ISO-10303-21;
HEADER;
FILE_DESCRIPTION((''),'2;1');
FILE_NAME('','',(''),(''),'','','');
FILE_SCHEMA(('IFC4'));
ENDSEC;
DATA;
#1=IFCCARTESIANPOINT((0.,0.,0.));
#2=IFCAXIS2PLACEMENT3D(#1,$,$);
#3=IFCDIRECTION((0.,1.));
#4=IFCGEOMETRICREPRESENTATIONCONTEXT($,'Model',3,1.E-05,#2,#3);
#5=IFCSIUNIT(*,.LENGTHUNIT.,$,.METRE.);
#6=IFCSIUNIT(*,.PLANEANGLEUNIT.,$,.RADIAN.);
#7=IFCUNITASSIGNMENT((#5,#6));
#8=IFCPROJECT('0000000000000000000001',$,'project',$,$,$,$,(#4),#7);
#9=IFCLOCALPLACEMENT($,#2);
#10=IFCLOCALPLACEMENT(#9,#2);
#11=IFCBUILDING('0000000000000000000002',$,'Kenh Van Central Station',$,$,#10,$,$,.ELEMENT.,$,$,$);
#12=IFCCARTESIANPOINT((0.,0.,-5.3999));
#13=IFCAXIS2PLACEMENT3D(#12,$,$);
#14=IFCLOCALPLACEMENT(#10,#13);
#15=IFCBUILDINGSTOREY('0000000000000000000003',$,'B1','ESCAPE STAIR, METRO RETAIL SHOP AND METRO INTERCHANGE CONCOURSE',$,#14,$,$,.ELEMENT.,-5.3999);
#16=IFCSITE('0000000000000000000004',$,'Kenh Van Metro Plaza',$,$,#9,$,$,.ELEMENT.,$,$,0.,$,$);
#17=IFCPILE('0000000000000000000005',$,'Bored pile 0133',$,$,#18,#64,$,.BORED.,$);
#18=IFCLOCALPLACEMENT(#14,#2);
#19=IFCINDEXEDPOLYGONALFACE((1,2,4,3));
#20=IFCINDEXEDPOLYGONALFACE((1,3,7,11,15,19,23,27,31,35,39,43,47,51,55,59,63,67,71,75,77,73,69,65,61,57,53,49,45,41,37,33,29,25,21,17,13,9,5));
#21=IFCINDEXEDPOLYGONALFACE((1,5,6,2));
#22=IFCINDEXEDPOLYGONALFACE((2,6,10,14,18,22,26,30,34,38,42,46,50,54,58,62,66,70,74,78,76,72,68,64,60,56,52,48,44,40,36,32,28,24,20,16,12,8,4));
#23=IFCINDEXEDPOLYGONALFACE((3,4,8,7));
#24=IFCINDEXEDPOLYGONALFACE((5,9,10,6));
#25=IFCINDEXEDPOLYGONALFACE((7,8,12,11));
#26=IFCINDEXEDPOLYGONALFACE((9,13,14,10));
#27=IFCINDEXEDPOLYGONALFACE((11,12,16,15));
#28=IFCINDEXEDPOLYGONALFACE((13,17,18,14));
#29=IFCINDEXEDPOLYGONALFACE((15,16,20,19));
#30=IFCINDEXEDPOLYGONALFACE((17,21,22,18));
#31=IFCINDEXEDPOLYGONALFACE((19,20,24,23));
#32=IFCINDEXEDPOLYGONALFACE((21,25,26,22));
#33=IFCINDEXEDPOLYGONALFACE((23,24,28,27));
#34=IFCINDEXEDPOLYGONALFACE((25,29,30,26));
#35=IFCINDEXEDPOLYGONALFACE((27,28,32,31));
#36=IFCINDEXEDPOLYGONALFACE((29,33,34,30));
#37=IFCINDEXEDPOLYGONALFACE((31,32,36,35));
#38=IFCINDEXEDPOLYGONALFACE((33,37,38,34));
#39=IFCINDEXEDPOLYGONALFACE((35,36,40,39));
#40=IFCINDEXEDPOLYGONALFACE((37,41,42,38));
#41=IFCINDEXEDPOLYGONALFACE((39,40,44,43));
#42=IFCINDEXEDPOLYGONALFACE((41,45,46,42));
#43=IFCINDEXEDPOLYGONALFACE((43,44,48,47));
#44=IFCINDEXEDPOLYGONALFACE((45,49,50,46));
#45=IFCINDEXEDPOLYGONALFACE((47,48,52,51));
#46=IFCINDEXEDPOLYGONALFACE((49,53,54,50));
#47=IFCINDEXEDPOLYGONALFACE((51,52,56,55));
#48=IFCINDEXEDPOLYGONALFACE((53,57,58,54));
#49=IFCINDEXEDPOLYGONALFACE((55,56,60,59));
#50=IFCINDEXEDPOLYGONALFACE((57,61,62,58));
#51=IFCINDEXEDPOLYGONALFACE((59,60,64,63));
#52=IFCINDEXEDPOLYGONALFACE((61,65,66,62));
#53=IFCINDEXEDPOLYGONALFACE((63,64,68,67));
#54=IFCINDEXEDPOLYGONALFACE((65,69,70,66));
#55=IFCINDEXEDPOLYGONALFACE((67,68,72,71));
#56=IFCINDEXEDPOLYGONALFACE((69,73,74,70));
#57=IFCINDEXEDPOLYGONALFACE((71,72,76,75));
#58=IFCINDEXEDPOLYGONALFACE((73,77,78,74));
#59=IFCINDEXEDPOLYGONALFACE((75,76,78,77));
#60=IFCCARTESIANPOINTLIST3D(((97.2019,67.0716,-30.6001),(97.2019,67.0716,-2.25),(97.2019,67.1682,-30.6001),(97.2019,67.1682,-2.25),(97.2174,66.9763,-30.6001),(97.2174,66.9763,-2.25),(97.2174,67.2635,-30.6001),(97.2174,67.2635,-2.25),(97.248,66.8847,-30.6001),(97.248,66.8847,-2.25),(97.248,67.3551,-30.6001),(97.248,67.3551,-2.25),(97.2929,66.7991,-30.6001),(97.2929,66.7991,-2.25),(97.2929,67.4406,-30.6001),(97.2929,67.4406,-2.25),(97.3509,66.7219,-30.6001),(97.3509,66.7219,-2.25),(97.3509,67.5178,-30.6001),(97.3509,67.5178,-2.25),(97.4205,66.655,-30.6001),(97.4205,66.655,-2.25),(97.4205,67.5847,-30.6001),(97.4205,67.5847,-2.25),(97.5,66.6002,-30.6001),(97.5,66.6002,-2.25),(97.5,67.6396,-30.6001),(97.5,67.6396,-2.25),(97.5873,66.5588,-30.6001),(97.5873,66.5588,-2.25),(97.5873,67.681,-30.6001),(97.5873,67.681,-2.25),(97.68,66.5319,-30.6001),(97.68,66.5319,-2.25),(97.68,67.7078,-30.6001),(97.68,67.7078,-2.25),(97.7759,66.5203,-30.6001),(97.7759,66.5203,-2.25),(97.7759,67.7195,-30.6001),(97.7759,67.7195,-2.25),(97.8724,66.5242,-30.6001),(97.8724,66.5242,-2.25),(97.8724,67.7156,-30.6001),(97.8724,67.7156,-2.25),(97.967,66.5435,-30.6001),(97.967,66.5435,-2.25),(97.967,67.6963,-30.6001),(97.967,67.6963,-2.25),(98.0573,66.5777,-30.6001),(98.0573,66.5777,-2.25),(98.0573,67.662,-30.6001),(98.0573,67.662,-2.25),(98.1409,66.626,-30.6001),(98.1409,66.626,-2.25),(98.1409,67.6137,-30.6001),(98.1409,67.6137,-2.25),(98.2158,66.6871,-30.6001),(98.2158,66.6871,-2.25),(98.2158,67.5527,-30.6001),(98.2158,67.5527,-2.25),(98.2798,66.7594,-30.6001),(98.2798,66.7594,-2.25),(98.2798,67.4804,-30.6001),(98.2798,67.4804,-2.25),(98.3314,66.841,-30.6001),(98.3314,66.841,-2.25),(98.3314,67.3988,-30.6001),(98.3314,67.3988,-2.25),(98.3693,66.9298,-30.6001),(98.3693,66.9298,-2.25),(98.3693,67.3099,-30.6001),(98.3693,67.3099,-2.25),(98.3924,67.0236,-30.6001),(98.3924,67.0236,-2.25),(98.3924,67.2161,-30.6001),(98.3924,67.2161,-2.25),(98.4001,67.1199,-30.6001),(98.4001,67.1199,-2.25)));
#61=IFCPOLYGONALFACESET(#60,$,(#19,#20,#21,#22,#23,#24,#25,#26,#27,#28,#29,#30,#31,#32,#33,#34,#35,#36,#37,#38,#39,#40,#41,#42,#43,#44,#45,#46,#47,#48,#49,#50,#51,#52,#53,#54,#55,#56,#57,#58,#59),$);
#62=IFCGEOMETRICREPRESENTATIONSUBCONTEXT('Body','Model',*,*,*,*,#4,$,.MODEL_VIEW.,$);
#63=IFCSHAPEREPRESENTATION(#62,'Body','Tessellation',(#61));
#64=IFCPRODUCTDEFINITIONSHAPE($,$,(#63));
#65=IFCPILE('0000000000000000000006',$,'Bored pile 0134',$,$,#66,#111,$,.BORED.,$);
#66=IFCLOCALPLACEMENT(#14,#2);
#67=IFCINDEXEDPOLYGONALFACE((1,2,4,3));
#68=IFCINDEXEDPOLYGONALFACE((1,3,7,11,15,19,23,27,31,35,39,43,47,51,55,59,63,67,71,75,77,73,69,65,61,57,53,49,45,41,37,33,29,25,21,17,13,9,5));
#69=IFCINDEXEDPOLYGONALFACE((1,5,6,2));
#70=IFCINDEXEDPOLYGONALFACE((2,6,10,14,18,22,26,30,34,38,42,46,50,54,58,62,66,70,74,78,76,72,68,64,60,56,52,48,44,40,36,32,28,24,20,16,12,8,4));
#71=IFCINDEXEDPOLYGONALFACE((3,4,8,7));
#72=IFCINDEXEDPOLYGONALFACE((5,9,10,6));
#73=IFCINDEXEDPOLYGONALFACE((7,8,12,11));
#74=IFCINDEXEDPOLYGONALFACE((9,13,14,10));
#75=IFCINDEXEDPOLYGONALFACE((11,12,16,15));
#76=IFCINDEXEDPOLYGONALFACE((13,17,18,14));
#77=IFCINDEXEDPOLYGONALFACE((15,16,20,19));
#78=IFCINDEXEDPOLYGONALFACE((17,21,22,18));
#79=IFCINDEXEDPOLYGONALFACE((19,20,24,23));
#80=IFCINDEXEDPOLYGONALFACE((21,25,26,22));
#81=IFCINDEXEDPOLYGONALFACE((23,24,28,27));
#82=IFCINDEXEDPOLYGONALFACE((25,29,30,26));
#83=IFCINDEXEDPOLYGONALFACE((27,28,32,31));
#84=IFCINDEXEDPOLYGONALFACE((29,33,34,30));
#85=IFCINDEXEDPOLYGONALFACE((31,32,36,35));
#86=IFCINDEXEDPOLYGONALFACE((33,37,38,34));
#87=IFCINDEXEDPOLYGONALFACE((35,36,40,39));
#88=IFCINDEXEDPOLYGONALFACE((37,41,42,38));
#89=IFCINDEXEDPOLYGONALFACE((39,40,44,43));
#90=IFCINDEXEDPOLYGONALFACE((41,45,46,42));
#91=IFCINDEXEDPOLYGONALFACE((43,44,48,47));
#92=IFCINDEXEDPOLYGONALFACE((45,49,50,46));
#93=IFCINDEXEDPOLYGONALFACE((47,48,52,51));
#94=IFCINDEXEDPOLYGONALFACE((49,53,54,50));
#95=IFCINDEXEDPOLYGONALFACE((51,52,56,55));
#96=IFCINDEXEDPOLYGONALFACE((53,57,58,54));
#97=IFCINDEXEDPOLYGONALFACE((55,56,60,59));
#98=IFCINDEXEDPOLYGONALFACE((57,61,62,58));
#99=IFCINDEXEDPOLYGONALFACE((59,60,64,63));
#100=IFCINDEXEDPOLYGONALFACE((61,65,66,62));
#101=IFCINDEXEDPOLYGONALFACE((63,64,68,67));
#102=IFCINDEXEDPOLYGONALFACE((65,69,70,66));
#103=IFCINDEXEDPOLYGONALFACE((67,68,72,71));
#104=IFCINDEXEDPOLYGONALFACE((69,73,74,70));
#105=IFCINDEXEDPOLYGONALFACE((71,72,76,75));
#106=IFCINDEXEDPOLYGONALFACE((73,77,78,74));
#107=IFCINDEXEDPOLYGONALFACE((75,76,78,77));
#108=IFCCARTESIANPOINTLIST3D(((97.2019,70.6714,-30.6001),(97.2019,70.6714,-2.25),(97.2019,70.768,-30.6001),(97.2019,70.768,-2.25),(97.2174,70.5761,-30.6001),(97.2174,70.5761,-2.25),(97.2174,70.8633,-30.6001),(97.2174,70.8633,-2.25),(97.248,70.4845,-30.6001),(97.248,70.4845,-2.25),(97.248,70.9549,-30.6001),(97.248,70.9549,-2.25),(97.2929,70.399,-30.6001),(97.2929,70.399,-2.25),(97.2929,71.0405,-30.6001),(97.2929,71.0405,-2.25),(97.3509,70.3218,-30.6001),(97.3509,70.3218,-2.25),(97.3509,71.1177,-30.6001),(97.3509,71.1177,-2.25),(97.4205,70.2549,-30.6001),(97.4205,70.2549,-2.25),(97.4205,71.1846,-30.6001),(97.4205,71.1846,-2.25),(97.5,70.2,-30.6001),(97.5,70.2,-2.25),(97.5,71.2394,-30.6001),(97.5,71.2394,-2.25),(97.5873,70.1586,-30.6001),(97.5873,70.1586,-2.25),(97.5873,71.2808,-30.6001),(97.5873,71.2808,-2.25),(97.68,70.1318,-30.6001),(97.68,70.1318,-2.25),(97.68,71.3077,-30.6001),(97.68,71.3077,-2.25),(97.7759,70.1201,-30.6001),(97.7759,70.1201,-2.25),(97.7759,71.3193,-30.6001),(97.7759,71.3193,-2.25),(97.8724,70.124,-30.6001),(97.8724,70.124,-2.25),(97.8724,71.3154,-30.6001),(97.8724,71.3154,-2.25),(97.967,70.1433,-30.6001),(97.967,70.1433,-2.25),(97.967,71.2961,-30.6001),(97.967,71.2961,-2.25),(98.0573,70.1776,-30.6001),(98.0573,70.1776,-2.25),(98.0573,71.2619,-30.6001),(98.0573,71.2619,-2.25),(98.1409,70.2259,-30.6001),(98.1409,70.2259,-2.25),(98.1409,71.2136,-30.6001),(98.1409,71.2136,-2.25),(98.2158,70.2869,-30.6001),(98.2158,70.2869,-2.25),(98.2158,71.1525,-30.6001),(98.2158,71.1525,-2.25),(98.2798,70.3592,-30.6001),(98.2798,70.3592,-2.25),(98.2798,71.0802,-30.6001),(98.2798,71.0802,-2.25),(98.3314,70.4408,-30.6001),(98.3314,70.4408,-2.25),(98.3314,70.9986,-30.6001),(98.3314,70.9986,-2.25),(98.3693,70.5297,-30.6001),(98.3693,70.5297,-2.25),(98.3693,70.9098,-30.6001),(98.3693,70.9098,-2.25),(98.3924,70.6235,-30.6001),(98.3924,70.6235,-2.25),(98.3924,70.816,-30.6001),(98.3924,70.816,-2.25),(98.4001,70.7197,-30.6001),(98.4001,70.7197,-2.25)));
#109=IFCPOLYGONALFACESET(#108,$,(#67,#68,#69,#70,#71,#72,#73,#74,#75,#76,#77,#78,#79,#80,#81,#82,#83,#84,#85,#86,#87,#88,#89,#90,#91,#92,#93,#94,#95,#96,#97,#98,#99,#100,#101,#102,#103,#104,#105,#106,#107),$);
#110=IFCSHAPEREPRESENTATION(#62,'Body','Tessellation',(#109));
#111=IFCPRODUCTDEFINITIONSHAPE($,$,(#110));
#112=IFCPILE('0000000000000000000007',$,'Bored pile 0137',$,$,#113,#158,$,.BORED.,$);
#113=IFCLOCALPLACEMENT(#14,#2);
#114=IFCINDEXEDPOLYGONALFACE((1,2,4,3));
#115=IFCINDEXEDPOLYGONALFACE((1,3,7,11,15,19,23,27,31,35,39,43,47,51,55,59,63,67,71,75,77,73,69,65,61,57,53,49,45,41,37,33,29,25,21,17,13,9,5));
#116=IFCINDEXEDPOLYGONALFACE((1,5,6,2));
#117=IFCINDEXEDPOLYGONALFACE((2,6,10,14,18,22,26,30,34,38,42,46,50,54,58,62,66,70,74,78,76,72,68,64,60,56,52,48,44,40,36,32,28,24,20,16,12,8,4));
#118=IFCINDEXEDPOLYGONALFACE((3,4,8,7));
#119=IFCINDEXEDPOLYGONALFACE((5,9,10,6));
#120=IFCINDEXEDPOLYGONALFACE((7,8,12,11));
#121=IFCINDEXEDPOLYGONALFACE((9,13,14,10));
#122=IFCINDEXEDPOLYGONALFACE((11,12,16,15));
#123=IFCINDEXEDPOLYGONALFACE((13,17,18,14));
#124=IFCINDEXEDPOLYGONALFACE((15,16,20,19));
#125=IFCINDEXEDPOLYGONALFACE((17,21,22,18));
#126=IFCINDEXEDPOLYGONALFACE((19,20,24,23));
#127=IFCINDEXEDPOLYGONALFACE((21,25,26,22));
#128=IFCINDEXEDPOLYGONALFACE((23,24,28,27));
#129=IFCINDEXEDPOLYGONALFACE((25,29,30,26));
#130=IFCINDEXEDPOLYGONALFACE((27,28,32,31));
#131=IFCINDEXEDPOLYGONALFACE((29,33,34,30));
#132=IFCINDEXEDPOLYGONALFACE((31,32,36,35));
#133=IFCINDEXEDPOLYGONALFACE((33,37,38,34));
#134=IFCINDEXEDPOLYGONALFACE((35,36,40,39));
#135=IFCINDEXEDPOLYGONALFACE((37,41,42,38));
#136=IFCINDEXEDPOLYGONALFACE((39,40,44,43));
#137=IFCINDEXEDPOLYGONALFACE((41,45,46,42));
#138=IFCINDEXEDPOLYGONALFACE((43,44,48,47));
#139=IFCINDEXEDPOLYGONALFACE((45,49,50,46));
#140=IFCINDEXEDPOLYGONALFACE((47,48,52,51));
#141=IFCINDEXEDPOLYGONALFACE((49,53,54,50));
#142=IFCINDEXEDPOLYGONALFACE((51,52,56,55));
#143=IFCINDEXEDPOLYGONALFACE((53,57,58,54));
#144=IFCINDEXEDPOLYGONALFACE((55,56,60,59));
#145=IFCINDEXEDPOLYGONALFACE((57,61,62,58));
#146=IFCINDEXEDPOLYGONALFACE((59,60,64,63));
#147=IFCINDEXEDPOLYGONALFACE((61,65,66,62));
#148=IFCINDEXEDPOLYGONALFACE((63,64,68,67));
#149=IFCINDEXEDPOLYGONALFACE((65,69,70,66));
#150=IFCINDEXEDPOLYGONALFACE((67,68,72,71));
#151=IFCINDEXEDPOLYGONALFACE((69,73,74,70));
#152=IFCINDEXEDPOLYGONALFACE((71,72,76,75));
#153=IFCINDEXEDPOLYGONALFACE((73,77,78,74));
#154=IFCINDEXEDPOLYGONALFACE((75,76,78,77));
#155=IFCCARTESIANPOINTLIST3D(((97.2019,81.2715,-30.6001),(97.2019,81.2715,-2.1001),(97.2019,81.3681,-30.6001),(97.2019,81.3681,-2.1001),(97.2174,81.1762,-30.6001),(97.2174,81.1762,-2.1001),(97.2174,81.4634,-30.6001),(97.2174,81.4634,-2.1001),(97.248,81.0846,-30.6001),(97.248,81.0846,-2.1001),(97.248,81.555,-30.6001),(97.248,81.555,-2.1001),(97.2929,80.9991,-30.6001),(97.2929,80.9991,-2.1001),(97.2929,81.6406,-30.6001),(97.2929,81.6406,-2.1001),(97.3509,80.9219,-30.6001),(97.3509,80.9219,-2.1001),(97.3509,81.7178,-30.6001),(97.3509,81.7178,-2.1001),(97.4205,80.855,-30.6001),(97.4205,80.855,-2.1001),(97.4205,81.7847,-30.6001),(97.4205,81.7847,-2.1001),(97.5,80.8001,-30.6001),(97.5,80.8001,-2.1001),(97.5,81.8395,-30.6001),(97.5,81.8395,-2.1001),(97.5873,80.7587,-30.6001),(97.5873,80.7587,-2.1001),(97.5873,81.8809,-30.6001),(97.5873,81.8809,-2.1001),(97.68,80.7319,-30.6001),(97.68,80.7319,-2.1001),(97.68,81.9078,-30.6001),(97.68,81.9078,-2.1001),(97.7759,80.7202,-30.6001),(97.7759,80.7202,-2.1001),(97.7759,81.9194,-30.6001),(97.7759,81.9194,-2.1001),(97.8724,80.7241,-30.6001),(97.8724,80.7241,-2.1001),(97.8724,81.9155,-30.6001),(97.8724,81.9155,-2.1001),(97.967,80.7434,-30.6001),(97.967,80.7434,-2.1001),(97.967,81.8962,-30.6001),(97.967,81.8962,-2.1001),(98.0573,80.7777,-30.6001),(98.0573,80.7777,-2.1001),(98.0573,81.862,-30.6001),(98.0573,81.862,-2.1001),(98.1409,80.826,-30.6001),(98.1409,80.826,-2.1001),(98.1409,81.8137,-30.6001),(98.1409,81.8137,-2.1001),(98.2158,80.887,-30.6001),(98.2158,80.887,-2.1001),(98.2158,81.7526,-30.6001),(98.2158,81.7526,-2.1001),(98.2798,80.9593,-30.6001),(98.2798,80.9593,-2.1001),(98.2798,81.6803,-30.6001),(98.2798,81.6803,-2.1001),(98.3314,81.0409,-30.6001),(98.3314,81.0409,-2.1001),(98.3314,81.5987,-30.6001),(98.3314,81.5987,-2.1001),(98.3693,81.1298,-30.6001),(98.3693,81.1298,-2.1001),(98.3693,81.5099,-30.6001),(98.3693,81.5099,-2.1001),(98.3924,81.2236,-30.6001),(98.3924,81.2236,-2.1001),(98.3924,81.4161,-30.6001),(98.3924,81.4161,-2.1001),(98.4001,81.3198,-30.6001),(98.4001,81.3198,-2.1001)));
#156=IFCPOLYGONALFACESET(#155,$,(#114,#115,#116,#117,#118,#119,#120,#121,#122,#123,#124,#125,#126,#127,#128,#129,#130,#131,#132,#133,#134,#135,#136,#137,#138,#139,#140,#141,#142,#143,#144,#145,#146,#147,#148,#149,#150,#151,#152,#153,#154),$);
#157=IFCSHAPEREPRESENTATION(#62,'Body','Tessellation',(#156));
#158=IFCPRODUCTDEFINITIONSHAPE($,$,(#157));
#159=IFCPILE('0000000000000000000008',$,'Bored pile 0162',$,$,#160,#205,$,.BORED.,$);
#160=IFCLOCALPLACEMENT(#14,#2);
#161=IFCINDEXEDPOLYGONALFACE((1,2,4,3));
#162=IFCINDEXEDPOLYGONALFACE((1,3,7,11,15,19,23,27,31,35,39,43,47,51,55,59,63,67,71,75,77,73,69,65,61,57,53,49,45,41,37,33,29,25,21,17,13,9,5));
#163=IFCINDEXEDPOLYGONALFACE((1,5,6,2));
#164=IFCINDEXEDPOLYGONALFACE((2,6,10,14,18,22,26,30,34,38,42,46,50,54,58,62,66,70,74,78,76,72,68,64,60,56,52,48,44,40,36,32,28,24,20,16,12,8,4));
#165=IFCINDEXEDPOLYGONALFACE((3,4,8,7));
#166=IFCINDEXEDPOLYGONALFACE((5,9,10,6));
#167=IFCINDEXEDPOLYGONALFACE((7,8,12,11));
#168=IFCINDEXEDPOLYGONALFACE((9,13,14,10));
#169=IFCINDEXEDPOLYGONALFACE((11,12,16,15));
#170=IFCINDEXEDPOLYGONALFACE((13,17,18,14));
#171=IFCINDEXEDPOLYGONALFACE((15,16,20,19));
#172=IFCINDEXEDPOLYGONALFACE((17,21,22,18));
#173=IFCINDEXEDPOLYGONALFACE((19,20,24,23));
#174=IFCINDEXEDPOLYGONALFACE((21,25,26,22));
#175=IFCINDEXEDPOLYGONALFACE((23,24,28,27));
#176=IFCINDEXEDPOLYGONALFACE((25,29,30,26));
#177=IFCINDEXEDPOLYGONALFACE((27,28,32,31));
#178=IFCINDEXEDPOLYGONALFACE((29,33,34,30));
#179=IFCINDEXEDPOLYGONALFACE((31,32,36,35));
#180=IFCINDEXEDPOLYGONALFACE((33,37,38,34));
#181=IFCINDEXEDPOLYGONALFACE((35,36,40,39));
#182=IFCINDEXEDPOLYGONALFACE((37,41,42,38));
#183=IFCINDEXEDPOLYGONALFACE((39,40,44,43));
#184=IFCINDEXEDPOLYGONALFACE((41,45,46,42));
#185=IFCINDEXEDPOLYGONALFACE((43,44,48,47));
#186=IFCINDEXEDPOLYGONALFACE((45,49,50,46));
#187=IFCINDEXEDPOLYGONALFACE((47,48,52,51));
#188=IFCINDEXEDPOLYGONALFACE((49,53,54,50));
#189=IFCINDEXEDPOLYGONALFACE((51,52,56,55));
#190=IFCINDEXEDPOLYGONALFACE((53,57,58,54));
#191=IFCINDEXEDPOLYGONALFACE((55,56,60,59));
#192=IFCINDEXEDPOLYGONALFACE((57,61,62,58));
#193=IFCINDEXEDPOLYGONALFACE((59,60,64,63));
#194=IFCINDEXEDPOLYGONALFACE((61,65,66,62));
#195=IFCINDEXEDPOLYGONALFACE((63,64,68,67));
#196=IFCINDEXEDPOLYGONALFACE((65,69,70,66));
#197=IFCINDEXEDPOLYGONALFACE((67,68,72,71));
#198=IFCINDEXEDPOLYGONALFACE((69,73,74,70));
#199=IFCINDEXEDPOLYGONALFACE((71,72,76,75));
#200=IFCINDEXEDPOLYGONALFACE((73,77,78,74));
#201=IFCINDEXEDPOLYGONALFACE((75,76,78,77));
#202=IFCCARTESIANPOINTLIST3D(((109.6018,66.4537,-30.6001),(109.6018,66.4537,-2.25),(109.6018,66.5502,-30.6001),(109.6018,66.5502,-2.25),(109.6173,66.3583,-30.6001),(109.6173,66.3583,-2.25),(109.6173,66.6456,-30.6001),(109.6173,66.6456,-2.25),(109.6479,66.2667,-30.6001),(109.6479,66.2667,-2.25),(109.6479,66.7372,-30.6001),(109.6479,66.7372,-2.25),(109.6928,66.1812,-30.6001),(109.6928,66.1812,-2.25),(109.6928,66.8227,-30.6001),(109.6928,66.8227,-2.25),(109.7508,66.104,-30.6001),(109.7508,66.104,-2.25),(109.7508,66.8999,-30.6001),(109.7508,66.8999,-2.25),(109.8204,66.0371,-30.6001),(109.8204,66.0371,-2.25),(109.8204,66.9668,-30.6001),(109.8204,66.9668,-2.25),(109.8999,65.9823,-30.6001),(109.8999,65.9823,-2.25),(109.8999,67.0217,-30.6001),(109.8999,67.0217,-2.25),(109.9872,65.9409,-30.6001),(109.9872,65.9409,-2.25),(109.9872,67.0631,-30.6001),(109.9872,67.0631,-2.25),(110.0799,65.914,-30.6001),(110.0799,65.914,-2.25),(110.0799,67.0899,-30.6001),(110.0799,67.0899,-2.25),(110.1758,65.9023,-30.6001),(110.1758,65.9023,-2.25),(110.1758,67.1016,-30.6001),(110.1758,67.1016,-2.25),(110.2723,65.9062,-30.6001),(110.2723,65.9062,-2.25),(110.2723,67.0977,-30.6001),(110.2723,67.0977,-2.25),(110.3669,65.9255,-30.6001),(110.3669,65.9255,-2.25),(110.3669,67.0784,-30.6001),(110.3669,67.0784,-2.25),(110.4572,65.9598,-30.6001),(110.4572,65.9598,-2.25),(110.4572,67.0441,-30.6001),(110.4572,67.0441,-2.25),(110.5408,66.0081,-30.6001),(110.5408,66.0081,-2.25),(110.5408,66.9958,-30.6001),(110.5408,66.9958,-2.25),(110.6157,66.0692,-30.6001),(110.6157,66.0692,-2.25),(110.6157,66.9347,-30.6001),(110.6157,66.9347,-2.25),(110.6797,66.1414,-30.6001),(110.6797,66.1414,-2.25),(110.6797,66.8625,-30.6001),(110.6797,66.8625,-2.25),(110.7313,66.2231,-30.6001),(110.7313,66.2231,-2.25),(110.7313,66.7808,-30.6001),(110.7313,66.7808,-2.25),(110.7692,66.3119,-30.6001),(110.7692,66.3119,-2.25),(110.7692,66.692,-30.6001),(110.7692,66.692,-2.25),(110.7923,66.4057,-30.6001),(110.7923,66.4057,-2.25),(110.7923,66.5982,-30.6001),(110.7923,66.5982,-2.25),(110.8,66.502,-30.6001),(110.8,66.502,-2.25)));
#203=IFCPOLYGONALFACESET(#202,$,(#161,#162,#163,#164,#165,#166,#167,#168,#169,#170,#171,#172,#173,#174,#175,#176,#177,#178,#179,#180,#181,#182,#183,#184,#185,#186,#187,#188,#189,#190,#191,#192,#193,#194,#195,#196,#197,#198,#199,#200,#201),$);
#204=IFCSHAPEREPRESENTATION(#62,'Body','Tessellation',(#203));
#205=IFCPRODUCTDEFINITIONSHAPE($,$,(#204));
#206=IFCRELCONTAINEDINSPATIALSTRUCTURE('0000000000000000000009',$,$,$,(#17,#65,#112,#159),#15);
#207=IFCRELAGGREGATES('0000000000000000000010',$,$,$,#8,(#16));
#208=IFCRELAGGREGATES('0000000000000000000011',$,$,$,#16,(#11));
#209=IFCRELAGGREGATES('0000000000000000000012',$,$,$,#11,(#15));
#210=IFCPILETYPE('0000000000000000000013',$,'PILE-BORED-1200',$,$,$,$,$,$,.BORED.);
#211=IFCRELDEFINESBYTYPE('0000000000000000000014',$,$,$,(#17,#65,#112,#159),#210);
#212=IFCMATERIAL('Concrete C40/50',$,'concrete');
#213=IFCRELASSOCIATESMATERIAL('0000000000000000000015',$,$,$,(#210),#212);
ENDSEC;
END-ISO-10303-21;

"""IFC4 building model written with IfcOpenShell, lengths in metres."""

from ifc_helpers import new_model, si_unit, direction, frame, origin, origin_2d, place, context, subcontext, project, spatial, circle, extrude, material, material_profile, profile_set, type_object, element, save


model = new_model("IFC4")

# Units and contexts
model_context = context("Model", 3, precision=1e-05, world=origin(), true_north=direction((0.0, 1.0)))
body_context = subcontext(model_context, "Body", "Model", "MODEL_VIEW")
ifc_project = project(units=[si_unit("LENGTHUNIT", "METRE"), si_unit("PLANEANGLEUNIT", "RADIAN")], contexts=[model_context])

# Site, building, storey
site_placement = place(None, origin())
site = spatial("IfcSite", under=ifc_project, at=site_placement, Name="Kenh Van Metro Plaza", CompositionType="ELEMENT", RefElevation=0.0)
building_placement = place(site_placement, origin())
building = spatial("IfcBuilding", under=site, at=building_placement, Name="Kenh Van Central Station", CompositionType="ELEMENT")
storey_placement = place(building_placement, frame((0.0, 0.0, -5.3999)))
storey = spatial("IfcBuildingStorey", under=building, at=storey_placement, Name="B1", Description="ESCAPE STAIR, METRO RETAIL SHOP AND METRO INTERCHANGE CONCOURSE", CompositionType="ELEMENT", Elevation=-5.3999)

# Shared definitions
ifc_material = material(Name="Concrete C40/50", Category="concrete")

# Piles
ifc_material_profile_1 = material_profile(ifc_material, circle(Radius=0.6001, at=origin_2d()), Name="PILE D1200")
ifc_profile_set_1 = profile_set([ifc_material_profile_1], Name="Concrete C40/50")
pile_type_1 = type_object("IfcPileType", Name="PILE-BORED-1200", PredefinedType="BORED", material=ifc_profile_set_1)
for number, where, z_axis, x_axis, name in (
    (1, (97.8, 67.1199, -2.25), (0.0, 0.0, -1.0), (1.0, 0.0, 0.0), "Bored pile 0133"),
    (2, (97.8, 70.7197, -2.25), (0.0, 0.0, -1.0), (1.0, 0.0, 0.0), "Bored pile 0134"),
):
    element("IfcPile", number, at=place(storey_placement, frame(where, z_axis=z_axis, x_axis=x_axis)), inside=storey, type_object=pile_type_1, Name=name, PredefinedType="BORED", context=body_context, shape_type="SweptSolid", body=[
        extrude(circle(Radius=0.6001, at=origin_2d()), origin(), (0.0, 0.0, 1.0), 28.3501),
    ])
pile_1_placement = place(storey_placement, frame((97.8, 81.3198, -2.1001), z_axis=(0.0, 0.0, -1.0), x_axis=(1.0, 0.0, 0.0)))
element("IfcPile", 3, at=pile_1_placement, inside=storey, type_object=pile_type_1, Name="Bored pile 0137", PredefinedType="BORED", context=body_context, shape_type="SweptSolid", body=[
    extrude(circle(Radius=0.6001, at=origin_2d()), origin(), (0.0, 0.0, 1.0), 28.5),
])
for number, where, z_axis, x_axis, name in (
    (4, (110.2, 66.502, -2.25), (0.0, 0.0, -1.0), (1.0, 0.0, 0.0), "Bored pile 0162"),
):
    element("IfcPile", number, at=place(storey_placement, frame(where, z_axis=z_axis, x_axis=x_axis)), inside=storey, type_object=pile_type_1, Name=name, PredefinedType="BORED", context=body_context, shape_type="SweptSolid", body=[
        extrude(circle(Radius=0.6001, at=origin_2d()), origin(), (0.0, 0.0, 1.0), 28.3501),
    ])

save(model, "model.ifc")
